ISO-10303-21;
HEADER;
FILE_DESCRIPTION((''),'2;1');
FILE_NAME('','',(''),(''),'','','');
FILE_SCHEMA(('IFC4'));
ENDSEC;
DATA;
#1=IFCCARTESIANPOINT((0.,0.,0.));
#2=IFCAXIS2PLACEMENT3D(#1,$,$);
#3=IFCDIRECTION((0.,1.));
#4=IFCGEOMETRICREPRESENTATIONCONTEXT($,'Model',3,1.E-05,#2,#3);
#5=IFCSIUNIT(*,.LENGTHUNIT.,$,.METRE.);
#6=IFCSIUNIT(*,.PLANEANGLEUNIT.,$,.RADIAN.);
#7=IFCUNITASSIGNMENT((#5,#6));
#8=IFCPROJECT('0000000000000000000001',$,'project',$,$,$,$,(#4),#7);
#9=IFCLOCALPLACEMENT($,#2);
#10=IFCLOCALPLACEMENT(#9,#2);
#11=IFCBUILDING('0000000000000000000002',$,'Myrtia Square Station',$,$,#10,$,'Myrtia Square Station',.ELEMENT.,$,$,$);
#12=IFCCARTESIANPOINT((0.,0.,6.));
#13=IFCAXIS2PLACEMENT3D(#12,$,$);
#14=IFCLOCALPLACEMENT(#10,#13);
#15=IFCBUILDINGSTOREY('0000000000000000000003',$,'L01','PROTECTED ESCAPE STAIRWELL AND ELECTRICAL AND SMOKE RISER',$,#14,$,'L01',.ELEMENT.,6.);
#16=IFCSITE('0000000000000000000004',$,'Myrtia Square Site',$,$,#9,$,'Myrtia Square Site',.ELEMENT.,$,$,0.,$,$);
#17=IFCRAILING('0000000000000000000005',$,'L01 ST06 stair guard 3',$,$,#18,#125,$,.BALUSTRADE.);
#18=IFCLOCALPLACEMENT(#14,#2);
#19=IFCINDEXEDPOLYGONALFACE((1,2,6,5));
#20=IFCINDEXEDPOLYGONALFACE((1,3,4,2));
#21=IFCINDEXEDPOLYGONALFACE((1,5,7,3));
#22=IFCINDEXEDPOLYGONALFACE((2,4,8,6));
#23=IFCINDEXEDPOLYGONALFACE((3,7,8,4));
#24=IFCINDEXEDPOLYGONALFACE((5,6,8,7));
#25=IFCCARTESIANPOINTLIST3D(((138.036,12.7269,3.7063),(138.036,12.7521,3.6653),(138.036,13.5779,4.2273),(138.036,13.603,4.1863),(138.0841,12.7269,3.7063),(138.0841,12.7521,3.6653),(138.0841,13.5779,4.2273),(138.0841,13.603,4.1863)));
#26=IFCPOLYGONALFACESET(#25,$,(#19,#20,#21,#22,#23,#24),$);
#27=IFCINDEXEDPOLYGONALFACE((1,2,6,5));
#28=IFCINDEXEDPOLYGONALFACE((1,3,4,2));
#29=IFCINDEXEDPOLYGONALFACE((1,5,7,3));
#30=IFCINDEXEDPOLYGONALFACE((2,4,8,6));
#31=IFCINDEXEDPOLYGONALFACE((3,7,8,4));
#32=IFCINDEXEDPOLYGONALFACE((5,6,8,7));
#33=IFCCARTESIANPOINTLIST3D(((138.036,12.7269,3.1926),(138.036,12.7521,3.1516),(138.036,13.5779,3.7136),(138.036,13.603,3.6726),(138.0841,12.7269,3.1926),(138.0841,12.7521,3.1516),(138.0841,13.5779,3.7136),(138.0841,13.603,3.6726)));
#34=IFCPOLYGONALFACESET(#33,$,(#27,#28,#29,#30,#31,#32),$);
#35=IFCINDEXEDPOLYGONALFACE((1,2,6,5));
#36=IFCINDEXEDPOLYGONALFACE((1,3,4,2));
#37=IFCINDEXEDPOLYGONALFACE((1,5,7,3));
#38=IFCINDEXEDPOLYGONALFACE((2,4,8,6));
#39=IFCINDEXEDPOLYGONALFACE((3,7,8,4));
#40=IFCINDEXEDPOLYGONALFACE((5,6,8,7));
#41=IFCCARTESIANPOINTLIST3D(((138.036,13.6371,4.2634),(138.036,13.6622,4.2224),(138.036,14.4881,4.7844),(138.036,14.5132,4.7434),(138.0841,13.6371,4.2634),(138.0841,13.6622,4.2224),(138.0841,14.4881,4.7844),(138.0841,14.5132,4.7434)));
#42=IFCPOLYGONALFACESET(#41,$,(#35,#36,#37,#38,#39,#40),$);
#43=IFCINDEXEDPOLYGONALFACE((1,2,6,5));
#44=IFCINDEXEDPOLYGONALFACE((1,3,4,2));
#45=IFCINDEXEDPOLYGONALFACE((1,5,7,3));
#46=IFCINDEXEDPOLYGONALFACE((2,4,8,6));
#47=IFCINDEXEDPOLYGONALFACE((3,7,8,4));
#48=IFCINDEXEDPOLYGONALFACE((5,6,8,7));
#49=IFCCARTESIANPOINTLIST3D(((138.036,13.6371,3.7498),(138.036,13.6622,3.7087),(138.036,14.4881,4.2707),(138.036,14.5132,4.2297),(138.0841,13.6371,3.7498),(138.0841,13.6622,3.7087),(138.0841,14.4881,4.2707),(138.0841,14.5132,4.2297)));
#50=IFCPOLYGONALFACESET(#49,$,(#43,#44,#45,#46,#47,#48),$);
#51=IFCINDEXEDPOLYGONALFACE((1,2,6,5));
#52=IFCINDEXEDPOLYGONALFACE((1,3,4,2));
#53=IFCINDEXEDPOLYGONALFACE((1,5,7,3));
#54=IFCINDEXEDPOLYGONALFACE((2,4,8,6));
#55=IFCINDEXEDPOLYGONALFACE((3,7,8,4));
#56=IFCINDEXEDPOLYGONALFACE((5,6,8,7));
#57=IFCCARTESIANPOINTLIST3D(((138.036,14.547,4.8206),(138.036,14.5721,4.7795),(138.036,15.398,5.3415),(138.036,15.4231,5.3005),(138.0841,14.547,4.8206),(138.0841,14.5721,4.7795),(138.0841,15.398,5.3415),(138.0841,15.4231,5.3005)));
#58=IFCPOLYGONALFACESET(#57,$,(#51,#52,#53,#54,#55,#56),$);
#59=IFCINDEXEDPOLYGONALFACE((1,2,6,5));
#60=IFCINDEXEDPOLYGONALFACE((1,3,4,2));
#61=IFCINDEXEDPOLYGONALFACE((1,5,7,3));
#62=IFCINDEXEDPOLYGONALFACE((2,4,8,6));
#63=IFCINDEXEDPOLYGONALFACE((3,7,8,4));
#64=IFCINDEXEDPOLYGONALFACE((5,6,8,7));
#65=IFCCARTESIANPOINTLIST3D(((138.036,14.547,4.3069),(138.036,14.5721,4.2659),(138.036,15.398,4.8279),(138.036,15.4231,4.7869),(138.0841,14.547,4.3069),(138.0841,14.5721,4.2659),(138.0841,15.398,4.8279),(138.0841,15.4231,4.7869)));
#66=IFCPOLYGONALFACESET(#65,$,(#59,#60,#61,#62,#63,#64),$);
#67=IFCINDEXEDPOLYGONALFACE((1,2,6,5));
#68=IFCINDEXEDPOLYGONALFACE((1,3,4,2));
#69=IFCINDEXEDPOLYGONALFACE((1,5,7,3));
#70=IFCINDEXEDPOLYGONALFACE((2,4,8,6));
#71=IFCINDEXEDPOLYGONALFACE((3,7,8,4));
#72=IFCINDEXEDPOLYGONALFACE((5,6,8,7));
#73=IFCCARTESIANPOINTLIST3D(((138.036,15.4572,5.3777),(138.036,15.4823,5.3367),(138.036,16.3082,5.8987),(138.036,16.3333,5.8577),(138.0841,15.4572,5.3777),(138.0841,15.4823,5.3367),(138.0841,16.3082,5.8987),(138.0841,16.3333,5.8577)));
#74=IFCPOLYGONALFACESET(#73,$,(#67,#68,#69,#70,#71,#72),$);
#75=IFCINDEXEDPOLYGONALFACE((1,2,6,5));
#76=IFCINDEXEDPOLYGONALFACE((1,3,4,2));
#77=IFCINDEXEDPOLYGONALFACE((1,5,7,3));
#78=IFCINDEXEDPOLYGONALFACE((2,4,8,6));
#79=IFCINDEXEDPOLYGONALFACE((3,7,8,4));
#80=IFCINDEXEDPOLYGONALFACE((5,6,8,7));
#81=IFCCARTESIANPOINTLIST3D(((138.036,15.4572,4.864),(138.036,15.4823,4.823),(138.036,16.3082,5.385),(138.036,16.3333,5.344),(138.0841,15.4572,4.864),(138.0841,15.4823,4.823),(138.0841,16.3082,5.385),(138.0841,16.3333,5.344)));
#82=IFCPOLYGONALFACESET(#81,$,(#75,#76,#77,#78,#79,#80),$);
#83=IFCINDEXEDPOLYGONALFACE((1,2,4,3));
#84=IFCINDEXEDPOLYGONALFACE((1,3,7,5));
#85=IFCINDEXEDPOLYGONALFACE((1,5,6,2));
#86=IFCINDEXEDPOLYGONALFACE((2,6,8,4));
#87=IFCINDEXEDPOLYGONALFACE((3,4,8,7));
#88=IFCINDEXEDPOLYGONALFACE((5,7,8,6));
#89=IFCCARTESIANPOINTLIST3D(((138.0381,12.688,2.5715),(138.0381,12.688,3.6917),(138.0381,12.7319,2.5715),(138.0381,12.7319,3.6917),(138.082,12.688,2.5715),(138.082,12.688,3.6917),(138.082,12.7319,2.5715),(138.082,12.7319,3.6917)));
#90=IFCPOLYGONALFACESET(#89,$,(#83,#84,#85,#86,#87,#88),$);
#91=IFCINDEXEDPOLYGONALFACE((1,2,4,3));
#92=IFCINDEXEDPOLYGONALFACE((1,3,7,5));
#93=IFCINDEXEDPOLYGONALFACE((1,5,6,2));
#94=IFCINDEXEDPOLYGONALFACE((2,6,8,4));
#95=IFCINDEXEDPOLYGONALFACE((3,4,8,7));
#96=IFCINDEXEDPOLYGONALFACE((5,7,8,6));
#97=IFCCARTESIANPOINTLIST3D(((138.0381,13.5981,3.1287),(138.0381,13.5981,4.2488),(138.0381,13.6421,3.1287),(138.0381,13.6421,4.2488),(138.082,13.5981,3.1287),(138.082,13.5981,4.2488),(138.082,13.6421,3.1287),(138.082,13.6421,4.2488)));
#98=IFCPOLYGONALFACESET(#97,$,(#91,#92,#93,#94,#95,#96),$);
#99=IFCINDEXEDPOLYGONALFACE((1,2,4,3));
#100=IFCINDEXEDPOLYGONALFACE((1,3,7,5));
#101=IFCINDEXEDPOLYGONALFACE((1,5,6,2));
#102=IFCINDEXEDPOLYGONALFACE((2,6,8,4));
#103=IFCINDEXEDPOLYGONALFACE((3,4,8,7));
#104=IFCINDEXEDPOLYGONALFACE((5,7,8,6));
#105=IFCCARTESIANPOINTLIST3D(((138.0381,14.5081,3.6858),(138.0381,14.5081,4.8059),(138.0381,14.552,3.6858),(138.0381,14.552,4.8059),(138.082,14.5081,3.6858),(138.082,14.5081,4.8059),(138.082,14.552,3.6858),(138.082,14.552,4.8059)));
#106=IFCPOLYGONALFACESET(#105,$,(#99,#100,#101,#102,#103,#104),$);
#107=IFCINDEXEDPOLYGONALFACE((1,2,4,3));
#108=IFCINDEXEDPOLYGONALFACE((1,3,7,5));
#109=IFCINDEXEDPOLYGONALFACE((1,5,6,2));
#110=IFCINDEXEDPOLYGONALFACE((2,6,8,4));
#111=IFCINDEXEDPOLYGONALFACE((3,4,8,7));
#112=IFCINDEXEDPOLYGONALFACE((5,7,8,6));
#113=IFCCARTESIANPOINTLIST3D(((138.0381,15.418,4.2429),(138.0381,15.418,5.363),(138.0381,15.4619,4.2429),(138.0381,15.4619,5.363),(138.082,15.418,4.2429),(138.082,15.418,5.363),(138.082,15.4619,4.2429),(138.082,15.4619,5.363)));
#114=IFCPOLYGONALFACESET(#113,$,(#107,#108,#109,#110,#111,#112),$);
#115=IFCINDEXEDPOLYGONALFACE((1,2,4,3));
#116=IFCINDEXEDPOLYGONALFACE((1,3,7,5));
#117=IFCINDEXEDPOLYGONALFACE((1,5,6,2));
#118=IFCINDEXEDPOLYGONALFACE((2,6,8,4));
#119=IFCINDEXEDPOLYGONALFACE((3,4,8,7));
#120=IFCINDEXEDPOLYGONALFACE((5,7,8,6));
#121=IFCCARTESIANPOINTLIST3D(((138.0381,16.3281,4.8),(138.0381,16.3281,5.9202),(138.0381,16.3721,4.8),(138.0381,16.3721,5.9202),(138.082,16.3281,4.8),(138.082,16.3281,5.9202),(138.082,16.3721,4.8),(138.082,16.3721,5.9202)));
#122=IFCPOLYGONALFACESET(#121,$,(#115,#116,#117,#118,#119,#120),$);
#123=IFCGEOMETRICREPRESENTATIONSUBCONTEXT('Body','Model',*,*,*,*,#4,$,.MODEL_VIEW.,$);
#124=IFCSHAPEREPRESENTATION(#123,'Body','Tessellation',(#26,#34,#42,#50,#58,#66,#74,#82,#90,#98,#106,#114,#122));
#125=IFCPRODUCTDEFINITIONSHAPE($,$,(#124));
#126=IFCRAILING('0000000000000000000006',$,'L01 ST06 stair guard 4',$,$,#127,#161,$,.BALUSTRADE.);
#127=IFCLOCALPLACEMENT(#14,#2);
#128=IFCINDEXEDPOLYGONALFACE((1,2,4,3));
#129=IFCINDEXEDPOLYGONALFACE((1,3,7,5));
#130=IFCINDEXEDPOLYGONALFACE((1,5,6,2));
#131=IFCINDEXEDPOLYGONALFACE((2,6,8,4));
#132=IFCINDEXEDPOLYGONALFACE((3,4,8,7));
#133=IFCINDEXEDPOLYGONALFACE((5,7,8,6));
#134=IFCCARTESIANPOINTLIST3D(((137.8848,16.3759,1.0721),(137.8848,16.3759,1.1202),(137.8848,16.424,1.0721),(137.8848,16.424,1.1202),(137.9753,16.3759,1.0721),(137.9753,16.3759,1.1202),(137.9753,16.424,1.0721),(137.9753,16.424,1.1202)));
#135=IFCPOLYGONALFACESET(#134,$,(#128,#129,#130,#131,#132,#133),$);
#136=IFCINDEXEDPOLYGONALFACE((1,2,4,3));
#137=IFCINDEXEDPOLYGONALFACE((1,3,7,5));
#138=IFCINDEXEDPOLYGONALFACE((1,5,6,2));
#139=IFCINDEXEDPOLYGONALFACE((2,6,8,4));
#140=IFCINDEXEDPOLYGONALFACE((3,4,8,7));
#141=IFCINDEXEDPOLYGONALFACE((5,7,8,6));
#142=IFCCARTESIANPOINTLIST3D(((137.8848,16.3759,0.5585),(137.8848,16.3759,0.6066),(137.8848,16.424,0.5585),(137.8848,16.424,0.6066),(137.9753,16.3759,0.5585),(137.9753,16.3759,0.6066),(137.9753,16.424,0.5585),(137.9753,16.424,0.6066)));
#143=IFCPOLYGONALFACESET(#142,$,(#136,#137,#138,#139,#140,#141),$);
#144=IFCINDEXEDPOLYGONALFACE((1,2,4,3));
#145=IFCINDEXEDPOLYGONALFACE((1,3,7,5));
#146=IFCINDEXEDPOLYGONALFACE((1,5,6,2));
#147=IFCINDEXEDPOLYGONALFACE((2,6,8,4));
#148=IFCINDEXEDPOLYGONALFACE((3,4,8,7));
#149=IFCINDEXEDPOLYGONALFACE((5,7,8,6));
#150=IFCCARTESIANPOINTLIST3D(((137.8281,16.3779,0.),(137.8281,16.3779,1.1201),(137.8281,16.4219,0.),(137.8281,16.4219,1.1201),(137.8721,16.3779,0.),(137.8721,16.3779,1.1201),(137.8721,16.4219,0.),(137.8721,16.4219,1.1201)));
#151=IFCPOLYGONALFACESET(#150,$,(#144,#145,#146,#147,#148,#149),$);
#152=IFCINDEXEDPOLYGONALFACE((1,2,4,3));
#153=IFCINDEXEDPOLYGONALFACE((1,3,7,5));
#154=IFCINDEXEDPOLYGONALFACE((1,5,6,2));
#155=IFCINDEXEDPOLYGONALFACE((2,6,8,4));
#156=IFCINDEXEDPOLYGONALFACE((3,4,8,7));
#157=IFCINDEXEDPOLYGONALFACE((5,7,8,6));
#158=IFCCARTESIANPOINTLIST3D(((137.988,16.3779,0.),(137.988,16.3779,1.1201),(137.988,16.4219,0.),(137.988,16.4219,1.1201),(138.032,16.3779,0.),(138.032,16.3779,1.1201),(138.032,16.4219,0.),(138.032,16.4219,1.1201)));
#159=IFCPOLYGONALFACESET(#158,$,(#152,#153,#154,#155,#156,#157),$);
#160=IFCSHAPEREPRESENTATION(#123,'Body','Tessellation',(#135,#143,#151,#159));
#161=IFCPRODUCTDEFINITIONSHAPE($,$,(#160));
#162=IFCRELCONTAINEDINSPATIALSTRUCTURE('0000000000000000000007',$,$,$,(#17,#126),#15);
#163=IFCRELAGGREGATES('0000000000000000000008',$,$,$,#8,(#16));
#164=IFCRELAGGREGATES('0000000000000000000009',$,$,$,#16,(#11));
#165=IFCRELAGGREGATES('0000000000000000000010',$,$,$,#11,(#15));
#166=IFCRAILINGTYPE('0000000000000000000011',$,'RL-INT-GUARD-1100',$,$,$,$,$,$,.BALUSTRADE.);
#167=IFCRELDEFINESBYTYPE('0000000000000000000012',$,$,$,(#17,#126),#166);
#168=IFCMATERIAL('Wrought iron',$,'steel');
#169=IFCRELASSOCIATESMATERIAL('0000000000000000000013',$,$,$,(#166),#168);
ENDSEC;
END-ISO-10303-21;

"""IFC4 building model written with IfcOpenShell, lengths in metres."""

from ifc_helpers import new_model, si_unit, direction, frame, origin, origin_2d, place, context, subcontext, project, spatial, rectangle, extrude, material, type_object, element, save


model = new_model("IFC4")

# Units and contexts
model_context = context("Model", 3, precision=1e-05, world=origin(), true_north=direction((0.0, 1.0)))
body_context = subcontext(model_context, "Body", "Model", "MODEL_VIEW")
ifc_project = project(units=[si_unit("LENGTHUNIT", "METRE"), si_unit("PLANEANGLEUNIT", "RADIAN")], contexts=[model_context])

# Site, building, storey
site_placement = place(None, origin())
site = spatial("IfcSite", under=ifc_project, at=site_placement, Name="Myrtia Square Site", LongName="Myrtia Square Site", CompositionType="ELEMENT", RefElevation=0.0)
building_placement = place(site_placement, origin())
building = spatial("IfcBuilding", under=site, at=building_placement, Name="Myrtia Square Station", LongName="Myrtia Square Station", CompositionType="ELEMENT")
storey_placement = place(building_placement, frame((0.0, 0.0, 6.0)))
storey = spatial("IfcBuildingStorey", under=building, at=storey_placement, Name="L01", Description="PROTECTED ESCAPE STAIRWELL AND ELECTRICAL AND SMOKE RISER", LongName="L01", CompositionType="ELEMENT", Elevation=6.0)

# Railings
ifc_material_1 = material(Name="Wrought iron", Category="steel")
railing_type_1 = type_object("IfcRailingType", Name="RL-INT-GUARD-1100", PredefinedType="BALUSTRADE", material=ifc_material_1)
railing_1_placement = place(storey_placement, frame((138.0601, 12.71, 2.5715)))
element("IfcRailing", 1, at=railing_1_placement, inside=storey, type_object=railing_type_1, Name="L01 ST06 stair guard 3", PredefinedType="BALUSTRADE", context=body_context, shape_type="SweptSolid", body=[
    extrude(rectangle(XDim=0.0481, YDim=0.0481, at=origin_2d()), frame((0.0, 0.0295, 1.1143), z_axis=(0.0, 0.852866, 0.52213), x_axis=(-1.0, 0.0, 0.0)), (0.0, 0.0, 1.0), 0.9978),
    extrude(rectangle(XDim=0.0481, YDim=0.0481, at=origin_2d()), frame((0.0, 0.0295, 0.6006), z_axis=(0.0, 0.852866, 0.52213), x_axis=(-1.0, 0.0, 0.0)), (0.0, 0.0, 1.0), 0.9978),
    extrude(rectangle(XDim=0.0481, YDim=0.0481, at=origin_2d()), frame((0.0, 0.9397, 1.6714), z_axis=(0.0, 0.852866, 0.52213), x_axis=(-1.0, 0.0, 0.0)), (0.0, 0.0, 1.0), 0.9978),
    extrude(rectangle(XDim=0.0481, YDim=0.0481, at=origin_2d()), frame((0.0, 0.9397, 1.1577), z_axis=(0.0, 0.852866, 0.52213), x_axis=(-1.0, 0.0, 0.0)), (0.0, 0.0, 1.0), 0.9978),
    extrude(rectangle(XDim=0.0481, YDim=0.0481, at=origin_2d()), frame((0.0, 1.8496, 2.2285), z_axis=(0.0, 0.852866, 0.52213), x_axis=(-1.0, 0.0, 0.0)), (0.0, 0.0, 1.0), 0.9978),
    extrude(rectangle(XDim=0.0481, YDim=0.0481, at=origin_2d()), frame((0.0, 1.8496, 1.7148), z_axis=(0.0, 0.852866, 0.52213), x_axis=(-1.0, 0.0, 0.0)), (0.0, 0.0, 1.0), 0.9978),
    extrude(rectangle(XDim=0.0481, YDim=0.0481, at=origin_2d()), frame((0.0, 2.7598, 2.7856), z_axis=(0.0, 0.852866, 0.52213), x_axis=(-1.0, 0.0, 0.0)), (0.0, 0.0, 1.0), 0.9978),
    extrude(rectangle(XDim=0.0481, YDim=0.0481, at=origin_2d()), frame((0.0, 2.7598, 2.272), z_axis=(0.0, 0.852866, 0.52213), x_axis=(-1.0, 0.0, 0.0)), (0.0, 0.0, 1.0), 0.9978),
    extrude(rectangle(XDim=0.0439, YDim=0.0439, at=origin_2d()), origin(), (0.0, 0.0, 1.0), 1.1201),
    extrude(rectangle(XDim=0.0439, YDim=0.0439, at=origin_2d()), frame((0.0, 0.9102, 0.5571)), (0.0, 0.0, 1.0), 1.1201),
    extrude(rectangle(XDim=0.0439, YDim=0.0439, at=origin_2d()), frame((0.0, 1.8201, 1.1143)), (0.0, 0.0, 1.0), 1.1201),
    extrude(rectangle(XDim=0.0439, YDim=0.0439, at=origin_2d()), frame((0.0, 2.73, 1.6714)), (0.0, 0.0, 1.0), 1.1201),
    extrude(rectangle(XDim=0.0439, YDim=0.0439, at=origin_2d()), frame((0.0, 3.6401, 2.2285)), (0.0, 0.0, 1.0), 1.1201),
])
railing_2_placement = place(storey_placement, frame((137.8501, 16.3999, 0.0)))
element("IfcRailing", 2, at=railing_2_placement, inside=storey, type_object=railing_type_1, Name="L01 ST06 stair guard 4", PredefinedType="BALUSTRADE", context=body_context, shape_type="SweptSolid", body=[
    extrude(rectangle(XDim=0.0481, YDim=0.0481, at=origin_2d()), frame((0.0347, 0.0, 1.0962), z_axis=(1.0, 0.0, 0.0), x_axis=(0.0, 1.0, 0.0)), (0.0, 0.0, 1.0), 0.0906),
    extrude(rectangle(XDim=0.0481, YDim=0.0481, at=origin_2d()), frame((0.0347, 0.0, 0.5825), z_axis=(1.0, 0.0, 0.0), x_axis=(0.0, 1.0, 0.0)), (0.0, 0.0, 1.0), 0.0906),
    extrude(rectangle(XDim=0.0439, YDim=0.0439, at=origin_2d()), origin(), (0.0, 0.0, 1.0), 1.1201),
    extrude(rectangle(XDim=0.0439, YDim=0.0439, at=origin_2d()), frame((0.1599, 0.0, 0.0)), (0.0, 0.0, 1.0), 1.1201),
])

save(model, "model.ifc")
